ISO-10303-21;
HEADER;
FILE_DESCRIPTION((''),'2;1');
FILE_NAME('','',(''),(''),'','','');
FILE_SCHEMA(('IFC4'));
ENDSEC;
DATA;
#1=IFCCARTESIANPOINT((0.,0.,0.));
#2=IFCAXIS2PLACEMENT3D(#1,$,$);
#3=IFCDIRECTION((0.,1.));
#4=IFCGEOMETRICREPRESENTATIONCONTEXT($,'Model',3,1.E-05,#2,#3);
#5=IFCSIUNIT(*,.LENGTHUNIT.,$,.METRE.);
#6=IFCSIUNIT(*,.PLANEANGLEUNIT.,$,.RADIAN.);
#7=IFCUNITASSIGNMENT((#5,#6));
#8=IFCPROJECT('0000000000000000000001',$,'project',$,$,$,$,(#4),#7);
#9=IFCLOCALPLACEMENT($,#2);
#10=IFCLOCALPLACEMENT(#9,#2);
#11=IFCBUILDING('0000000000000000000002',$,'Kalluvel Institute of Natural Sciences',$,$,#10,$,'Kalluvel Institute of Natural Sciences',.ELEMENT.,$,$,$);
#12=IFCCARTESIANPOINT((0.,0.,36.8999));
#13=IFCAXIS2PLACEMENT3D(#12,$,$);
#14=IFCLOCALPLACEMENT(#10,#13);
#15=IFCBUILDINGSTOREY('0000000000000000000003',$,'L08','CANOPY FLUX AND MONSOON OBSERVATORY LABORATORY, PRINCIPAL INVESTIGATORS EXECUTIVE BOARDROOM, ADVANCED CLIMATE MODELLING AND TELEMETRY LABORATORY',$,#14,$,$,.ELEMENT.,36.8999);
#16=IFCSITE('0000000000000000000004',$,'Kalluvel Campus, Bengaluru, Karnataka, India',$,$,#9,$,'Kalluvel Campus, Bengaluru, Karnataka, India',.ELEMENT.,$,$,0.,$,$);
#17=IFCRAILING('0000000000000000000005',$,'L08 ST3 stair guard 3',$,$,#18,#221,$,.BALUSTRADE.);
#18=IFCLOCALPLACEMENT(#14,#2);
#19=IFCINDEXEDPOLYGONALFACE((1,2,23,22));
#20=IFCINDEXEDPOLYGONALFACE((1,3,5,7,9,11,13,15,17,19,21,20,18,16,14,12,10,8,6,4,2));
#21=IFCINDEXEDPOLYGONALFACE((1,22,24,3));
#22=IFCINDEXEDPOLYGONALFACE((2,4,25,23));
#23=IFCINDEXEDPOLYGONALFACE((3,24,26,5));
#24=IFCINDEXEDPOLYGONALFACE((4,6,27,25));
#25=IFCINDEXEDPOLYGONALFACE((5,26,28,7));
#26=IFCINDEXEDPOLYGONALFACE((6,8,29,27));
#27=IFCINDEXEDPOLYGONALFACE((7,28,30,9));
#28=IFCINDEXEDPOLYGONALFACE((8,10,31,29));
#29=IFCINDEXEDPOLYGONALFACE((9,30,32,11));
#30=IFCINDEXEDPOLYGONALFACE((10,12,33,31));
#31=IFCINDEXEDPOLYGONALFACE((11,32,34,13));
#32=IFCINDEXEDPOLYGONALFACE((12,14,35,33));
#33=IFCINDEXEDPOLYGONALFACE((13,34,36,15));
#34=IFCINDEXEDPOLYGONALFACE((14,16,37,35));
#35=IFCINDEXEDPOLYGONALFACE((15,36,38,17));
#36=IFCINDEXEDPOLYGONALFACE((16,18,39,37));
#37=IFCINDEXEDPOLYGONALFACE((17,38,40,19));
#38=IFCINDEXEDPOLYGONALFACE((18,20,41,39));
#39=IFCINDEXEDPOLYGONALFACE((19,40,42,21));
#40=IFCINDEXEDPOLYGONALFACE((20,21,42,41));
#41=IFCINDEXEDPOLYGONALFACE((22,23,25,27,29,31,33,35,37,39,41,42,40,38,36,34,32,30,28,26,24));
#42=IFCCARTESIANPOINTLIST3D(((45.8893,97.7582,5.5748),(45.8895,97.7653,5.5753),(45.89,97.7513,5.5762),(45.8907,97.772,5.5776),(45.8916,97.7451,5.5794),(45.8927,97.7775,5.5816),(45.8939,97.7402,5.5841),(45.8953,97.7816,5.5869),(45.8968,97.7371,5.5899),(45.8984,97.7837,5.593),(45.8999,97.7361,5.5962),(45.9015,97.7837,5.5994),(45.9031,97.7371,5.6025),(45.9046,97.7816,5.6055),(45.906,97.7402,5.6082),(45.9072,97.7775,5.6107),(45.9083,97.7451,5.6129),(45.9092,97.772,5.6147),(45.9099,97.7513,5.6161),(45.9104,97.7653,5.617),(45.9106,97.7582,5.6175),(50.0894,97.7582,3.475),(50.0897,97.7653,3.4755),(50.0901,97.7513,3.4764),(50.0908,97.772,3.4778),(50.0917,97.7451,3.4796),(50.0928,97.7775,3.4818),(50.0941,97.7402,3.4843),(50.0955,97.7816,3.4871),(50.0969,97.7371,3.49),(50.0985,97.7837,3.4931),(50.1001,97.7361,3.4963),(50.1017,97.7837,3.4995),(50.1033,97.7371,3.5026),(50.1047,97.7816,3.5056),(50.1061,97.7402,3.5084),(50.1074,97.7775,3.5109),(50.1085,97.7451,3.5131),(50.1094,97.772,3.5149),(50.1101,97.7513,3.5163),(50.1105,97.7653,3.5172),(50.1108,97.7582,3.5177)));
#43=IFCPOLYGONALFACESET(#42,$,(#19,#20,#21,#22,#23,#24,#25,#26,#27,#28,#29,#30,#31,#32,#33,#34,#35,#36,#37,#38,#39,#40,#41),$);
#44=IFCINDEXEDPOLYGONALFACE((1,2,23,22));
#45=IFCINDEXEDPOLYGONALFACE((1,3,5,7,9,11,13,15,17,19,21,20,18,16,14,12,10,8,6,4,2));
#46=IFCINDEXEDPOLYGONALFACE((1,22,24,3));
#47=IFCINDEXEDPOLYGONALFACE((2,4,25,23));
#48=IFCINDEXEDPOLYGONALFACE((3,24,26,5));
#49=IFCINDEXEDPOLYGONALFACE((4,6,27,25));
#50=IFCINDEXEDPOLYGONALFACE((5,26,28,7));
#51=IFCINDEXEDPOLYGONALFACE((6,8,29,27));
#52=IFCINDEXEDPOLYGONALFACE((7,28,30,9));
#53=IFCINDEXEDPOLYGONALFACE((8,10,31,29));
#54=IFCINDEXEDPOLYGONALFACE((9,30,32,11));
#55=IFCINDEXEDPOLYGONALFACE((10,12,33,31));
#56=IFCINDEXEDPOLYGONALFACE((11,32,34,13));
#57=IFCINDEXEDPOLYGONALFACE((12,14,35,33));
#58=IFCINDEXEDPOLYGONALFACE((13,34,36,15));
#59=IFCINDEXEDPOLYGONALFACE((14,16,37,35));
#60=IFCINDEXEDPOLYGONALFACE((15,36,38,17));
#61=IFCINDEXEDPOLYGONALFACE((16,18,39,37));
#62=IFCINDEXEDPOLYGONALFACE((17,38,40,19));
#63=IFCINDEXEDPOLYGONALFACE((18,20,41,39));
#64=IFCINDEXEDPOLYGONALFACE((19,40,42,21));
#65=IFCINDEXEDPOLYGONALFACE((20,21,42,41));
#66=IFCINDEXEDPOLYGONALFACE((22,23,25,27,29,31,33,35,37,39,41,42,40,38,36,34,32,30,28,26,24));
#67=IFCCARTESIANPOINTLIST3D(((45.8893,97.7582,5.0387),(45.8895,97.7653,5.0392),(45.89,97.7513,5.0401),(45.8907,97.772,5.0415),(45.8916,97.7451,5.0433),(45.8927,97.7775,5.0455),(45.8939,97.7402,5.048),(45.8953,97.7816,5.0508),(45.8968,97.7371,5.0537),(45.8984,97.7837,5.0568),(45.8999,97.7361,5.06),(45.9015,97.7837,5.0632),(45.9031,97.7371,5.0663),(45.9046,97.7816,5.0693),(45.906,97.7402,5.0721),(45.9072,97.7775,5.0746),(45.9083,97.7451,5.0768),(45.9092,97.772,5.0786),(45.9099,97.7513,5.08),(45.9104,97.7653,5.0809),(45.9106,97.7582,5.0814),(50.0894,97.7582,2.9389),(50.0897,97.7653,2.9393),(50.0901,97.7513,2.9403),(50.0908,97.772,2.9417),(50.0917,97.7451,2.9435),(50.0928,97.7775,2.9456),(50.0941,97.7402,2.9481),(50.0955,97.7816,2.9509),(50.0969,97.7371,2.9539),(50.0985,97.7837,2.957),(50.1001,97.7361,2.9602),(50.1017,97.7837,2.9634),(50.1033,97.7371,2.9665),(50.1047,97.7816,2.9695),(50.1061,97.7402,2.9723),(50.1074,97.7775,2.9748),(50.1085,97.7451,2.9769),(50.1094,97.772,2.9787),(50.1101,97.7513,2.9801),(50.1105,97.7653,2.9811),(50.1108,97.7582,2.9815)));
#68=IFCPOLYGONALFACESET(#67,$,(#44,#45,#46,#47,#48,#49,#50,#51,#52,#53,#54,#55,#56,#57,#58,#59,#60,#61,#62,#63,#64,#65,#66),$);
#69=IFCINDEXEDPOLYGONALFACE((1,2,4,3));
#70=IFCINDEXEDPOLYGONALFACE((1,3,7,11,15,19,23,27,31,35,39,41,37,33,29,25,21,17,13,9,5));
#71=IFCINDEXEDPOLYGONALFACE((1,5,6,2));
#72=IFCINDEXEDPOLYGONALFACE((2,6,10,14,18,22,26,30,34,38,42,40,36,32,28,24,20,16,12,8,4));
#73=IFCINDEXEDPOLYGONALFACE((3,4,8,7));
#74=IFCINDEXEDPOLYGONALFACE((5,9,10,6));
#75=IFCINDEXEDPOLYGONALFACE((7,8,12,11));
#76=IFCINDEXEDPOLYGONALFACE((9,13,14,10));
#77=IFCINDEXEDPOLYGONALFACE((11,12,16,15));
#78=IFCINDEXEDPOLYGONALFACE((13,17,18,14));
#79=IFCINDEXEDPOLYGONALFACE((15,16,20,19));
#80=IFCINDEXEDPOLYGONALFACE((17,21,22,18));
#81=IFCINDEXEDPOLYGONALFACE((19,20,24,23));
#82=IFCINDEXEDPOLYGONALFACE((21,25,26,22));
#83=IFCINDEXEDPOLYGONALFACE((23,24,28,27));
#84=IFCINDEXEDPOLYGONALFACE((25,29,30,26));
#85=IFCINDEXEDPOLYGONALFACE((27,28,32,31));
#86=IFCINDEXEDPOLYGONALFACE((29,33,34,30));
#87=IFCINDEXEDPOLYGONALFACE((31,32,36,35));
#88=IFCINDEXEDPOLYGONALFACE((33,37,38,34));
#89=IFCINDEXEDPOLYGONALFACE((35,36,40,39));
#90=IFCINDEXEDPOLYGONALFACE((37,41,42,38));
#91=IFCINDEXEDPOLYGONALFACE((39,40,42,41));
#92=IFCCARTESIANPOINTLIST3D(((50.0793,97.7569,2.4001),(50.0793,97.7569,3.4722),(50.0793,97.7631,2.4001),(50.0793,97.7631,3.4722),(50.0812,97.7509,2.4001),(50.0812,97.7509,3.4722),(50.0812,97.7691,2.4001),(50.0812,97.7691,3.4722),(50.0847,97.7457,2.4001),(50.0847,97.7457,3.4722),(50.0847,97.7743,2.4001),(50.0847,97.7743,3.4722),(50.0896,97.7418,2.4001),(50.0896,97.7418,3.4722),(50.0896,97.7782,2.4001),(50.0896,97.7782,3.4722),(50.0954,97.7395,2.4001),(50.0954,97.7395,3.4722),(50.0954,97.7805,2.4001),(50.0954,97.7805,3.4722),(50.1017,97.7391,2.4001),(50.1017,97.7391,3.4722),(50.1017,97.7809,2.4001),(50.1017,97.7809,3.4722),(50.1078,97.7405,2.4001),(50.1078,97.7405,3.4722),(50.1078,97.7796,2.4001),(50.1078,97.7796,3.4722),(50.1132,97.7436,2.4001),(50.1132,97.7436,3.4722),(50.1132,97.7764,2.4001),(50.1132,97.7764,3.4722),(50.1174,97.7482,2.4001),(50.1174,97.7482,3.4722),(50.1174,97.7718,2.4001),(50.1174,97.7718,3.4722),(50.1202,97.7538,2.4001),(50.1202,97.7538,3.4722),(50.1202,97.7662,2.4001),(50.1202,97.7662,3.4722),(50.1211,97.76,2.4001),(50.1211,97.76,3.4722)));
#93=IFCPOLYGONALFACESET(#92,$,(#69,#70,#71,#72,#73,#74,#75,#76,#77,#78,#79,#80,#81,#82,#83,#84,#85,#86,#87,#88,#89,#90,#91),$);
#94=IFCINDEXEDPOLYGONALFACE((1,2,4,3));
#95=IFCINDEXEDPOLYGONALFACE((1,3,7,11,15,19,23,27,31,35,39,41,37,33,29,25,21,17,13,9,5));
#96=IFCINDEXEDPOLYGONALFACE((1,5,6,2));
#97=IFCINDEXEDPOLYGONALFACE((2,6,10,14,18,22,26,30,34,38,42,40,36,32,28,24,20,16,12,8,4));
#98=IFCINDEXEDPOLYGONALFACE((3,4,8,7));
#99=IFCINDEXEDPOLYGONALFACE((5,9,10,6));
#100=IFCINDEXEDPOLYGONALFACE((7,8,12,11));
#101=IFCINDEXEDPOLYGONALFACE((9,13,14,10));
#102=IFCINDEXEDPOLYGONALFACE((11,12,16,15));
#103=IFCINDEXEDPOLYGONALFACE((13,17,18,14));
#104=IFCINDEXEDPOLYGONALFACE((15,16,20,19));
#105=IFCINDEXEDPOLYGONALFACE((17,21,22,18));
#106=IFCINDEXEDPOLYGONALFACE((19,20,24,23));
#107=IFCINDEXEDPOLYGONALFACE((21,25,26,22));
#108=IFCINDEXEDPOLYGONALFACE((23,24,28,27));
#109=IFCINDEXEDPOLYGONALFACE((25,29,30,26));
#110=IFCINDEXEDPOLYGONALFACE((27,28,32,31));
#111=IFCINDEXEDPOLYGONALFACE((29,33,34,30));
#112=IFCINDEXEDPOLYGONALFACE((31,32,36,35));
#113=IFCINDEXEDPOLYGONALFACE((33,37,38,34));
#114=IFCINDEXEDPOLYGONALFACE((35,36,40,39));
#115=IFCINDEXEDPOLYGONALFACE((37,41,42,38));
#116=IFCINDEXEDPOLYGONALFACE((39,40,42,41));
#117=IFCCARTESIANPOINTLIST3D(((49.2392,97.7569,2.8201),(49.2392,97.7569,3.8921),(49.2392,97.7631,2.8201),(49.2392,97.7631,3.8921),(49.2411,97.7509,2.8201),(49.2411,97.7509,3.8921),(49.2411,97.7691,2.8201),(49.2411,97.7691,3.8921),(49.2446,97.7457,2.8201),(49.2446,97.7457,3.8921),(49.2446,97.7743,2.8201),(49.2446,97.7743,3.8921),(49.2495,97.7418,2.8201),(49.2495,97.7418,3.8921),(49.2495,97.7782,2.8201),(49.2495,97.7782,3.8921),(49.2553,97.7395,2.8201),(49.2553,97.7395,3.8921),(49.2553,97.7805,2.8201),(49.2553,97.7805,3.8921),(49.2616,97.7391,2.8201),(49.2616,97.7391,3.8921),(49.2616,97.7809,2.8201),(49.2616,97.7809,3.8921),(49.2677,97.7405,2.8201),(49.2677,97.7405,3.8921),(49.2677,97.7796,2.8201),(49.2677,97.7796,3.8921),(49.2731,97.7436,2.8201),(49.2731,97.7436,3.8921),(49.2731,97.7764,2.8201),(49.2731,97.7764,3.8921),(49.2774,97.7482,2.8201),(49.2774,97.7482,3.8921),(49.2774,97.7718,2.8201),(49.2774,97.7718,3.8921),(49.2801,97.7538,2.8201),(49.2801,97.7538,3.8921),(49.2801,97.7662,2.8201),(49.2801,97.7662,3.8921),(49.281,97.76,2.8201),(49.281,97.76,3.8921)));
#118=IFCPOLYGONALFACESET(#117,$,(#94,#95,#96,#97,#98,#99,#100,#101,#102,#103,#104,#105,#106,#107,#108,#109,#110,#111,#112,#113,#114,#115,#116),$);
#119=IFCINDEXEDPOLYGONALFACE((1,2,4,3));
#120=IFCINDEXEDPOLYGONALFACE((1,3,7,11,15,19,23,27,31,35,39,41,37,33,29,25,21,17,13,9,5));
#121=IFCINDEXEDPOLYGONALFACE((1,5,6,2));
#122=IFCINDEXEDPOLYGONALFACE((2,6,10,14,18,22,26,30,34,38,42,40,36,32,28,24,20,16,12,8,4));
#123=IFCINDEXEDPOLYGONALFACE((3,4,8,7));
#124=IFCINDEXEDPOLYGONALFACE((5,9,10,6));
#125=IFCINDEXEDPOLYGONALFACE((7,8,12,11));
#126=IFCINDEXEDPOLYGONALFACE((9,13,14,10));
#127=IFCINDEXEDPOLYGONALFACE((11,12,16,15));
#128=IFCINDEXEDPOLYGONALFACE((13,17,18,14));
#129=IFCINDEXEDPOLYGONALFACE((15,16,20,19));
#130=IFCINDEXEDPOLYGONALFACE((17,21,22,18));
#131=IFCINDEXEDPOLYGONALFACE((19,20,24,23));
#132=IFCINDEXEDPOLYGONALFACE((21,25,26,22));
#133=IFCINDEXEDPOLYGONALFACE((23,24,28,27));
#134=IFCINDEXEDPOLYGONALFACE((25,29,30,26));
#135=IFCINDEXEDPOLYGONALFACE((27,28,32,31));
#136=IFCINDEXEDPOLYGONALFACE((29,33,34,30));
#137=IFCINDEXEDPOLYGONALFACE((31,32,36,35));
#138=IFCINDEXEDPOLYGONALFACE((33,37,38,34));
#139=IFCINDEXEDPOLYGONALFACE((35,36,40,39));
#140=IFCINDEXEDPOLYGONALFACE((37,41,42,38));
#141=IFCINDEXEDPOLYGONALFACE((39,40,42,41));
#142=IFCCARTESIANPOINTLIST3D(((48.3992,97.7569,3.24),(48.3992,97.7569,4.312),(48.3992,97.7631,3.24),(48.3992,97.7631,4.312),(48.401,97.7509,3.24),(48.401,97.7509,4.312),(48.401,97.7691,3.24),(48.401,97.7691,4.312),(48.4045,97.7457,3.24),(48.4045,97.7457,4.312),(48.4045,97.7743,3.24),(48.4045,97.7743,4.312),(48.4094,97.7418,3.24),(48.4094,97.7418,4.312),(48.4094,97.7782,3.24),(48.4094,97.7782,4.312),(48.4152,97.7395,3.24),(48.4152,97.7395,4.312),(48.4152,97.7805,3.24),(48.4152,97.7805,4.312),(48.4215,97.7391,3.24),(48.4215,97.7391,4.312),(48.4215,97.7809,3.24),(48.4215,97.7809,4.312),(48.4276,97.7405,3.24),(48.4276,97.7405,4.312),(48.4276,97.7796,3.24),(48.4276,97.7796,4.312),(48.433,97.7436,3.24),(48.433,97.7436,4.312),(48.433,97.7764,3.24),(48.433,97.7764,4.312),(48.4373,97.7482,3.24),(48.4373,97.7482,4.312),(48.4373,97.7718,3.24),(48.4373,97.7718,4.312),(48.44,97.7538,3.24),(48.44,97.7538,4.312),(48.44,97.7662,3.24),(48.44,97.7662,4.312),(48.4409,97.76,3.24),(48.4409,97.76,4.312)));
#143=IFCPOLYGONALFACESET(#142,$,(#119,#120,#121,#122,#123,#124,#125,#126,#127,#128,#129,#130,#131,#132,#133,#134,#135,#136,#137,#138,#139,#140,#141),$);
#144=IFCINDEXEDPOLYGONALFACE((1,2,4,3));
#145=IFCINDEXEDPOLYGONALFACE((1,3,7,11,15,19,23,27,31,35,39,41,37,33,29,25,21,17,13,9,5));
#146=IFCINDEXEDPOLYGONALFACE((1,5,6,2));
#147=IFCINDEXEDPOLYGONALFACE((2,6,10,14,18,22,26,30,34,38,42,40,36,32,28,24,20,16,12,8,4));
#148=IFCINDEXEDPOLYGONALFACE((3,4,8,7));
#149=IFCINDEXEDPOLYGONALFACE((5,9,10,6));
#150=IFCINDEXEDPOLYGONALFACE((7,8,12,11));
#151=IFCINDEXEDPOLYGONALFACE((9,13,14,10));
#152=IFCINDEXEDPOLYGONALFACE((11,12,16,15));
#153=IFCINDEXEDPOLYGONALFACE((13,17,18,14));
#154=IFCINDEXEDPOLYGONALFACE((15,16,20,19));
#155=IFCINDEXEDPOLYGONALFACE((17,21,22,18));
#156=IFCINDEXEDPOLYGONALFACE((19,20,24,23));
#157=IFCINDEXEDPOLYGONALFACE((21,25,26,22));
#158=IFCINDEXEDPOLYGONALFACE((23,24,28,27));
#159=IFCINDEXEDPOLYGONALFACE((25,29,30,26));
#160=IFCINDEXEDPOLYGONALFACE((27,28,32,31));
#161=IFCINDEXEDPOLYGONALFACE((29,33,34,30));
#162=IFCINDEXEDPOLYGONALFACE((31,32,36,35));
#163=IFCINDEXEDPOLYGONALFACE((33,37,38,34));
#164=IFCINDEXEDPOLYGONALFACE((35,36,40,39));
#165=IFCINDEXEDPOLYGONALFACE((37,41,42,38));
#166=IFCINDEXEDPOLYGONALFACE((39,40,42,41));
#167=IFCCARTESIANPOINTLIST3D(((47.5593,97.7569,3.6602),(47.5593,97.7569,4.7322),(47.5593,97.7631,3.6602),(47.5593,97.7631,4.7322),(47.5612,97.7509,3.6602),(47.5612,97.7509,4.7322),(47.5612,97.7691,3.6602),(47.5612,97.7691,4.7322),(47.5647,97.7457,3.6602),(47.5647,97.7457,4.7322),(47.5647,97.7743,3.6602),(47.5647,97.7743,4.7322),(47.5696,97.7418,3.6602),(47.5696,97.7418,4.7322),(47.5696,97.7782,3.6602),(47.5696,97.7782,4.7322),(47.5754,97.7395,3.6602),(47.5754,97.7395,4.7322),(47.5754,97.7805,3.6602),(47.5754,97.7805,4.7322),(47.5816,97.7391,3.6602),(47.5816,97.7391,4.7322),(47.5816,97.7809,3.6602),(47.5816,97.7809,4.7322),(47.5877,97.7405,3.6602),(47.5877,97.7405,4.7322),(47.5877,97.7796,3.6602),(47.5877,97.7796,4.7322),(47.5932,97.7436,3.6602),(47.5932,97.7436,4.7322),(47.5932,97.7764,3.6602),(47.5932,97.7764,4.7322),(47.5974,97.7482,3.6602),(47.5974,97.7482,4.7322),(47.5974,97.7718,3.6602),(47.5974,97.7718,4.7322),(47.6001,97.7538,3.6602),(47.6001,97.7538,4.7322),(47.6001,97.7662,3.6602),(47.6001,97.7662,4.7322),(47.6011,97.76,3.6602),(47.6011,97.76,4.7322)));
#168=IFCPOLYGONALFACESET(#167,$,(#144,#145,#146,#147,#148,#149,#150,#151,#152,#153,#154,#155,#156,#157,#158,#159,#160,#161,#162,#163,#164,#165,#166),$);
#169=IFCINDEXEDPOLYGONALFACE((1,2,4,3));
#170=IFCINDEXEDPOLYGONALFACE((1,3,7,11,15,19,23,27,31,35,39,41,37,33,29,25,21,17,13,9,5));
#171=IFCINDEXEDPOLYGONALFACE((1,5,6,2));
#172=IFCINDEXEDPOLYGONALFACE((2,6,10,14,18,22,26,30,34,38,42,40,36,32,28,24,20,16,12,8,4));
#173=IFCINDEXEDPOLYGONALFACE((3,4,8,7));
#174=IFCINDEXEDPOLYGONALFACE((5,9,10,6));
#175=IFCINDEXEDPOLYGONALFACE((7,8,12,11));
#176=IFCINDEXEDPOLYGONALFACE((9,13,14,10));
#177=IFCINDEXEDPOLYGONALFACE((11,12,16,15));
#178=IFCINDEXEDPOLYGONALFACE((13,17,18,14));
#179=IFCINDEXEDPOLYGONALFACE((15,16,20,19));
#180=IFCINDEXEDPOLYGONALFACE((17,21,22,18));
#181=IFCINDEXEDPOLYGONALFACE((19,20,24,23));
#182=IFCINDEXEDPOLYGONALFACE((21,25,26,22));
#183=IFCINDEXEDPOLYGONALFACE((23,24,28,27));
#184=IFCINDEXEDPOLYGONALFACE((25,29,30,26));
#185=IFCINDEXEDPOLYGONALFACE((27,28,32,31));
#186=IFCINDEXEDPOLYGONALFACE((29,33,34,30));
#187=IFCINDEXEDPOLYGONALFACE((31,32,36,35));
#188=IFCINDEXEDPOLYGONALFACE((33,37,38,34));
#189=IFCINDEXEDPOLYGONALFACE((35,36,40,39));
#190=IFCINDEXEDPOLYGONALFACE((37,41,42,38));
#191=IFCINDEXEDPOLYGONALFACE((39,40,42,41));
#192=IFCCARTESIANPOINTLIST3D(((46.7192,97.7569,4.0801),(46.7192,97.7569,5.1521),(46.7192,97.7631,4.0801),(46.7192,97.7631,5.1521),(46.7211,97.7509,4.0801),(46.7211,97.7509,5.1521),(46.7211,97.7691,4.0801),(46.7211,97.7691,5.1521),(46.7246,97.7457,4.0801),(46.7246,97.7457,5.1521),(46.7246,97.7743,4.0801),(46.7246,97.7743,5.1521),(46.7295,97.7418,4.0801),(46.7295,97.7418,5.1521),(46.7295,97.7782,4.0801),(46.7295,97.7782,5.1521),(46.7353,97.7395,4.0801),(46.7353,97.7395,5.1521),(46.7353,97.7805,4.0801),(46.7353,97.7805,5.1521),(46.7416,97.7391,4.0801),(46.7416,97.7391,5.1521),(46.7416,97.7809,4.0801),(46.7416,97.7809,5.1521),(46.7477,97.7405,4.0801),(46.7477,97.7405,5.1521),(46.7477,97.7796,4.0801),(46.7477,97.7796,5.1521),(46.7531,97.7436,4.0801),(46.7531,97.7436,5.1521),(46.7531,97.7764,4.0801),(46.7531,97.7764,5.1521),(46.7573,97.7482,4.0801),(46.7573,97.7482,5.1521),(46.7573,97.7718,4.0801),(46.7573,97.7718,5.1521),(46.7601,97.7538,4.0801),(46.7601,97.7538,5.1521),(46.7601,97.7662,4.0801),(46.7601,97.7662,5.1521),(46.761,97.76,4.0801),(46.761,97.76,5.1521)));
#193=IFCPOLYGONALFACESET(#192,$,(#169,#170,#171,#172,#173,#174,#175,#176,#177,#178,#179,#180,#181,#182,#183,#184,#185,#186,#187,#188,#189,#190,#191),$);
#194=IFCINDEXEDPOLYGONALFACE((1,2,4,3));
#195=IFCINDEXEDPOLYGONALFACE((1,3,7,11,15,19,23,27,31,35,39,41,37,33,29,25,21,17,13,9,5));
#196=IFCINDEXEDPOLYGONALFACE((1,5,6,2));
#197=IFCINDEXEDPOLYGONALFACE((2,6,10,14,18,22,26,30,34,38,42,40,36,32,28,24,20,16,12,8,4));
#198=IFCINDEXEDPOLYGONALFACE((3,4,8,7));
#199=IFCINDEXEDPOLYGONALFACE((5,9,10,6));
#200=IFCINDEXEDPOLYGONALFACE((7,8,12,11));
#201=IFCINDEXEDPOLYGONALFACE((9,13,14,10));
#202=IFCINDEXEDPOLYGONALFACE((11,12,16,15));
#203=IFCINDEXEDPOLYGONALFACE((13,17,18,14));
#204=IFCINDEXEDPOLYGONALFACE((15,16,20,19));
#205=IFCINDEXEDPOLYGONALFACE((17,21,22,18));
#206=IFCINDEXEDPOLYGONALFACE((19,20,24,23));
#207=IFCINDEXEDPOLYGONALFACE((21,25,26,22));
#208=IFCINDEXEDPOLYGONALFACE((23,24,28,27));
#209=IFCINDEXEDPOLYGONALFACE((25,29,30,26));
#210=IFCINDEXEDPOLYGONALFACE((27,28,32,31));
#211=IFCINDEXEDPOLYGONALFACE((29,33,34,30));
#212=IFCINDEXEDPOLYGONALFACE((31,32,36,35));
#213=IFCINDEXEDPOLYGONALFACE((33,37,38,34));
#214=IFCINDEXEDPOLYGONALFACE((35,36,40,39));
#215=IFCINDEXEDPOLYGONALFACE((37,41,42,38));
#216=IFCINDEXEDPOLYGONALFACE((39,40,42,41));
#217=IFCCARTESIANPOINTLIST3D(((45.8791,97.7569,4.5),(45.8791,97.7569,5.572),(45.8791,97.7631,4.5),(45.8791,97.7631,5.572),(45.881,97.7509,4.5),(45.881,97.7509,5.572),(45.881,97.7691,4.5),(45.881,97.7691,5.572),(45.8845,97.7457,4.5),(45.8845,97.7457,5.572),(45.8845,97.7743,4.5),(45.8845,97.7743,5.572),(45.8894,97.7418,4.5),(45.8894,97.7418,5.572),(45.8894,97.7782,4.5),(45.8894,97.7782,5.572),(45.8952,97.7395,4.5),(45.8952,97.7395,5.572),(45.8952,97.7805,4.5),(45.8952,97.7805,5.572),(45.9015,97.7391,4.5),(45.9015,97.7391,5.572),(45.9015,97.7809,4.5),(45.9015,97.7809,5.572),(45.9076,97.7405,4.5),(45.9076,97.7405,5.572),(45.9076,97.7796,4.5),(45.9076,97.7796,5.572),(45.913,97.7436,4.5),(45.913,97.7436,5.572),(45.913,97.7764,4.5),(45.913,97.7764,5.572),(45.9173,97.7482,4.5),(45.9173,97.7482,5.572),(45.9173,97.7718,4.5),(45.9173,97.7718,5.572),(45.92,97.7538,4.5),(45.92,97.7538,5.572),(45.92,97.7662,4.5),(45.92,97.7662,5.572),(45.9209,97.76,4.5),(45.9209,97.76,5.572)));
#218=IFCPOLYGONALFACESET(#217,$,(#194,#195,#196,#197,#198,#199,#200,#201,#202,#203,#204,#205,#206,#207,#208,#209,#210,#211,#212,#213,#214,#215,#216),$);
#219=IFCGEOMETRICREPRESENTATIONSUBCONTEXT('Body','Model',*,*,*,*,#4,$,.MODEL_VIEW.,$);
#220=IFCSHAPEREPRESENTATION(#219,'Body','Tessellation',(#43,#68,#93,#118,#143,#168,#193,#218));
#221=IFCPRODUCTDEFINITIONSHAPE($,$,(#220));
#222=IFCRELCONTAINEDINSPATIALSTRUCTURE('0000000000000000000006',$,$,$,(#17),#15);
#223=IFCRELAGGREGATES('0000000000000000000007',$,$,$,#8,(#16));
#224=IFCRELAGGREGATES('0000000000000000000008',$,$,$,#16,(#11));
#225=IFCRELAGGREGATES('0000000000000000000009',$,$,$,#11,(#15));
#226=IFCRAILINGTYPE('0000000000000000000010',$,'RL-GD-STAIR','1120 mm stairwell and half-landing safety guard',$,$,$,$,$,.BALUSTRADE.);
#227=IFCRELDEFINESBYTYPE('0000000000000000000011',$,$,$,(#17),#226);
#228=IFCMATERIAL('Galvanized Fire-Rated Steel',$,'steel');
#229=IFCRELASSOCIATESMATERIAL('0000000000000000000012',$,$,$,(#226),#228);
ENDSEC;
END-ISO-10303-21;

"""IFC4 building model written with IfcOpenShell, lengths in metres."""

from ifc_helpers import new_model, si_unit, direction, frame, origin, origin_2d, place, context, subcontext, project, spatial, circle, extrude, material, type_object, element, save


model = new_model("IFC4")

# Units and contexts
model_context = context("Model", 3, precision=1e-05, world=origin(), true_north=direction((0.0, 1.0)))
body_context = subcontext(model_context, "Body", "Model", "MODEL_VIEW")
ifc_project = project(units=[si_unit("LENGTHUNIT", "METRE"), si_unit("PLANEANGLEUNIT", "RADIAN")], contexts=[model_context])

# Site, building, storey
site_placement = place(None, origin())
site = spatial("IfcSite", under=ifc_project, at=site_placement, Name="Kalluvel Campus, Bengaluru, Karnataka, India", LongName="Kalluvel Campus, Bengaluru, Karnataka, India", CompositionType="ELEMENT", RefElevation=0.0)
building_placement = place(site_placement, origin())
building = spatial("IfcBuilding", under=site, at=building_placement, Name="Kalluvel Institute of Natural Sciences", LongName="Kalluvel Institute of Natural Sciences", CompositionType="ELEMENT")
storey_placement = place(building_placement, frame((0.0, 0.0, 36.8999)))
storey = spatial("IfcBuildingStorey", under=building, at=storey_placement, Name="L08", Description="CANOPY FLUX AND MONSOON OBSERVATORY LABORATORY, PRINCIPAL INVESTIGATORS EXECUTIVE BOARDROOM, ADVANCED CLIMATE MODELLING AND TELEMETRY LABORATORY", CompositionType="ELEMENT", Elevation=36.8999)

# Shared definitions
ifc_material_1 = material(Name="Galvanized Fire-Rated Steel", Category="steel")

# Railing
railing_type_1 = type_object("IfcRailingType", Name="RL-GD-STAIR", Description="1120 mm stairwell and half-landing safety guard", PredefinedType="BALUSTRADE", material=ifc_material_1)
railing_1_placement = place(storey_placement, frame((50.1001, 97.76, 2.4001)))
element("IfcRailing", 1, at=railing_1_placement, inside=storey, type_object=railing_type_1, Name="L08 ST3 stair guard 3", PredefinedType="BALUSTRADE", context=body_context, shape_type="SweptSolid", body=[
    extrude(circle(Radius=0.0239, at=origin_2d()), frame((0.0, 0.0, 1.0962), z_axis=(-0.894448, 0.0, 0.447172), x_axis=(0.0, -1.0, 0.0)), (0.0, 0.0, 1.0), 4.6958),
    extrude(circle(Radius=0.0239, at=origin_2d()), frame((0.0, 0.0, 0.5601), z_axis=(-0.894448, 0.0, 0.447172), x_axis=(0.0, -1.0, 0.0)), (0.0, 0.0, 1.0), 4.6958),
    extrude(circle(Radius=0.021, at=origin_2d()), origin(), (0.0, 0.0, 1.0), 1.072),
    extrude(circle(Radius=0.021, at=origin_2d()), frame((-0.8401, 0.0, 0.4199)), (0.0, 0.0, 1.0), 1.072),
    extrude(circle(Radius=0.021, at=origin_2d()), frame((-1.6802, 0.0, 0.8398)), (0.0, 0.0, 1.0), 1.072),
    extrude(circle(Radius=0.021, at=origin_2d()), frame((-2.52, 0.0, 1.26)), (0.0, 0.0, 1.0), 1.072),
    extrude(circle(Radius=0.021, at=origin_2d()), frame((-3.3601, 0.0, 1.6799)), (0.0, 0.0, 1.0), 1.072),
    extrude(circle(Radius=0.021, at=origin_2d()), frame((-4.2002, 0.0, 2.0999)), (0.0, 0.0, 1.0), 1.072),
])

save(model, "model.ifc")
